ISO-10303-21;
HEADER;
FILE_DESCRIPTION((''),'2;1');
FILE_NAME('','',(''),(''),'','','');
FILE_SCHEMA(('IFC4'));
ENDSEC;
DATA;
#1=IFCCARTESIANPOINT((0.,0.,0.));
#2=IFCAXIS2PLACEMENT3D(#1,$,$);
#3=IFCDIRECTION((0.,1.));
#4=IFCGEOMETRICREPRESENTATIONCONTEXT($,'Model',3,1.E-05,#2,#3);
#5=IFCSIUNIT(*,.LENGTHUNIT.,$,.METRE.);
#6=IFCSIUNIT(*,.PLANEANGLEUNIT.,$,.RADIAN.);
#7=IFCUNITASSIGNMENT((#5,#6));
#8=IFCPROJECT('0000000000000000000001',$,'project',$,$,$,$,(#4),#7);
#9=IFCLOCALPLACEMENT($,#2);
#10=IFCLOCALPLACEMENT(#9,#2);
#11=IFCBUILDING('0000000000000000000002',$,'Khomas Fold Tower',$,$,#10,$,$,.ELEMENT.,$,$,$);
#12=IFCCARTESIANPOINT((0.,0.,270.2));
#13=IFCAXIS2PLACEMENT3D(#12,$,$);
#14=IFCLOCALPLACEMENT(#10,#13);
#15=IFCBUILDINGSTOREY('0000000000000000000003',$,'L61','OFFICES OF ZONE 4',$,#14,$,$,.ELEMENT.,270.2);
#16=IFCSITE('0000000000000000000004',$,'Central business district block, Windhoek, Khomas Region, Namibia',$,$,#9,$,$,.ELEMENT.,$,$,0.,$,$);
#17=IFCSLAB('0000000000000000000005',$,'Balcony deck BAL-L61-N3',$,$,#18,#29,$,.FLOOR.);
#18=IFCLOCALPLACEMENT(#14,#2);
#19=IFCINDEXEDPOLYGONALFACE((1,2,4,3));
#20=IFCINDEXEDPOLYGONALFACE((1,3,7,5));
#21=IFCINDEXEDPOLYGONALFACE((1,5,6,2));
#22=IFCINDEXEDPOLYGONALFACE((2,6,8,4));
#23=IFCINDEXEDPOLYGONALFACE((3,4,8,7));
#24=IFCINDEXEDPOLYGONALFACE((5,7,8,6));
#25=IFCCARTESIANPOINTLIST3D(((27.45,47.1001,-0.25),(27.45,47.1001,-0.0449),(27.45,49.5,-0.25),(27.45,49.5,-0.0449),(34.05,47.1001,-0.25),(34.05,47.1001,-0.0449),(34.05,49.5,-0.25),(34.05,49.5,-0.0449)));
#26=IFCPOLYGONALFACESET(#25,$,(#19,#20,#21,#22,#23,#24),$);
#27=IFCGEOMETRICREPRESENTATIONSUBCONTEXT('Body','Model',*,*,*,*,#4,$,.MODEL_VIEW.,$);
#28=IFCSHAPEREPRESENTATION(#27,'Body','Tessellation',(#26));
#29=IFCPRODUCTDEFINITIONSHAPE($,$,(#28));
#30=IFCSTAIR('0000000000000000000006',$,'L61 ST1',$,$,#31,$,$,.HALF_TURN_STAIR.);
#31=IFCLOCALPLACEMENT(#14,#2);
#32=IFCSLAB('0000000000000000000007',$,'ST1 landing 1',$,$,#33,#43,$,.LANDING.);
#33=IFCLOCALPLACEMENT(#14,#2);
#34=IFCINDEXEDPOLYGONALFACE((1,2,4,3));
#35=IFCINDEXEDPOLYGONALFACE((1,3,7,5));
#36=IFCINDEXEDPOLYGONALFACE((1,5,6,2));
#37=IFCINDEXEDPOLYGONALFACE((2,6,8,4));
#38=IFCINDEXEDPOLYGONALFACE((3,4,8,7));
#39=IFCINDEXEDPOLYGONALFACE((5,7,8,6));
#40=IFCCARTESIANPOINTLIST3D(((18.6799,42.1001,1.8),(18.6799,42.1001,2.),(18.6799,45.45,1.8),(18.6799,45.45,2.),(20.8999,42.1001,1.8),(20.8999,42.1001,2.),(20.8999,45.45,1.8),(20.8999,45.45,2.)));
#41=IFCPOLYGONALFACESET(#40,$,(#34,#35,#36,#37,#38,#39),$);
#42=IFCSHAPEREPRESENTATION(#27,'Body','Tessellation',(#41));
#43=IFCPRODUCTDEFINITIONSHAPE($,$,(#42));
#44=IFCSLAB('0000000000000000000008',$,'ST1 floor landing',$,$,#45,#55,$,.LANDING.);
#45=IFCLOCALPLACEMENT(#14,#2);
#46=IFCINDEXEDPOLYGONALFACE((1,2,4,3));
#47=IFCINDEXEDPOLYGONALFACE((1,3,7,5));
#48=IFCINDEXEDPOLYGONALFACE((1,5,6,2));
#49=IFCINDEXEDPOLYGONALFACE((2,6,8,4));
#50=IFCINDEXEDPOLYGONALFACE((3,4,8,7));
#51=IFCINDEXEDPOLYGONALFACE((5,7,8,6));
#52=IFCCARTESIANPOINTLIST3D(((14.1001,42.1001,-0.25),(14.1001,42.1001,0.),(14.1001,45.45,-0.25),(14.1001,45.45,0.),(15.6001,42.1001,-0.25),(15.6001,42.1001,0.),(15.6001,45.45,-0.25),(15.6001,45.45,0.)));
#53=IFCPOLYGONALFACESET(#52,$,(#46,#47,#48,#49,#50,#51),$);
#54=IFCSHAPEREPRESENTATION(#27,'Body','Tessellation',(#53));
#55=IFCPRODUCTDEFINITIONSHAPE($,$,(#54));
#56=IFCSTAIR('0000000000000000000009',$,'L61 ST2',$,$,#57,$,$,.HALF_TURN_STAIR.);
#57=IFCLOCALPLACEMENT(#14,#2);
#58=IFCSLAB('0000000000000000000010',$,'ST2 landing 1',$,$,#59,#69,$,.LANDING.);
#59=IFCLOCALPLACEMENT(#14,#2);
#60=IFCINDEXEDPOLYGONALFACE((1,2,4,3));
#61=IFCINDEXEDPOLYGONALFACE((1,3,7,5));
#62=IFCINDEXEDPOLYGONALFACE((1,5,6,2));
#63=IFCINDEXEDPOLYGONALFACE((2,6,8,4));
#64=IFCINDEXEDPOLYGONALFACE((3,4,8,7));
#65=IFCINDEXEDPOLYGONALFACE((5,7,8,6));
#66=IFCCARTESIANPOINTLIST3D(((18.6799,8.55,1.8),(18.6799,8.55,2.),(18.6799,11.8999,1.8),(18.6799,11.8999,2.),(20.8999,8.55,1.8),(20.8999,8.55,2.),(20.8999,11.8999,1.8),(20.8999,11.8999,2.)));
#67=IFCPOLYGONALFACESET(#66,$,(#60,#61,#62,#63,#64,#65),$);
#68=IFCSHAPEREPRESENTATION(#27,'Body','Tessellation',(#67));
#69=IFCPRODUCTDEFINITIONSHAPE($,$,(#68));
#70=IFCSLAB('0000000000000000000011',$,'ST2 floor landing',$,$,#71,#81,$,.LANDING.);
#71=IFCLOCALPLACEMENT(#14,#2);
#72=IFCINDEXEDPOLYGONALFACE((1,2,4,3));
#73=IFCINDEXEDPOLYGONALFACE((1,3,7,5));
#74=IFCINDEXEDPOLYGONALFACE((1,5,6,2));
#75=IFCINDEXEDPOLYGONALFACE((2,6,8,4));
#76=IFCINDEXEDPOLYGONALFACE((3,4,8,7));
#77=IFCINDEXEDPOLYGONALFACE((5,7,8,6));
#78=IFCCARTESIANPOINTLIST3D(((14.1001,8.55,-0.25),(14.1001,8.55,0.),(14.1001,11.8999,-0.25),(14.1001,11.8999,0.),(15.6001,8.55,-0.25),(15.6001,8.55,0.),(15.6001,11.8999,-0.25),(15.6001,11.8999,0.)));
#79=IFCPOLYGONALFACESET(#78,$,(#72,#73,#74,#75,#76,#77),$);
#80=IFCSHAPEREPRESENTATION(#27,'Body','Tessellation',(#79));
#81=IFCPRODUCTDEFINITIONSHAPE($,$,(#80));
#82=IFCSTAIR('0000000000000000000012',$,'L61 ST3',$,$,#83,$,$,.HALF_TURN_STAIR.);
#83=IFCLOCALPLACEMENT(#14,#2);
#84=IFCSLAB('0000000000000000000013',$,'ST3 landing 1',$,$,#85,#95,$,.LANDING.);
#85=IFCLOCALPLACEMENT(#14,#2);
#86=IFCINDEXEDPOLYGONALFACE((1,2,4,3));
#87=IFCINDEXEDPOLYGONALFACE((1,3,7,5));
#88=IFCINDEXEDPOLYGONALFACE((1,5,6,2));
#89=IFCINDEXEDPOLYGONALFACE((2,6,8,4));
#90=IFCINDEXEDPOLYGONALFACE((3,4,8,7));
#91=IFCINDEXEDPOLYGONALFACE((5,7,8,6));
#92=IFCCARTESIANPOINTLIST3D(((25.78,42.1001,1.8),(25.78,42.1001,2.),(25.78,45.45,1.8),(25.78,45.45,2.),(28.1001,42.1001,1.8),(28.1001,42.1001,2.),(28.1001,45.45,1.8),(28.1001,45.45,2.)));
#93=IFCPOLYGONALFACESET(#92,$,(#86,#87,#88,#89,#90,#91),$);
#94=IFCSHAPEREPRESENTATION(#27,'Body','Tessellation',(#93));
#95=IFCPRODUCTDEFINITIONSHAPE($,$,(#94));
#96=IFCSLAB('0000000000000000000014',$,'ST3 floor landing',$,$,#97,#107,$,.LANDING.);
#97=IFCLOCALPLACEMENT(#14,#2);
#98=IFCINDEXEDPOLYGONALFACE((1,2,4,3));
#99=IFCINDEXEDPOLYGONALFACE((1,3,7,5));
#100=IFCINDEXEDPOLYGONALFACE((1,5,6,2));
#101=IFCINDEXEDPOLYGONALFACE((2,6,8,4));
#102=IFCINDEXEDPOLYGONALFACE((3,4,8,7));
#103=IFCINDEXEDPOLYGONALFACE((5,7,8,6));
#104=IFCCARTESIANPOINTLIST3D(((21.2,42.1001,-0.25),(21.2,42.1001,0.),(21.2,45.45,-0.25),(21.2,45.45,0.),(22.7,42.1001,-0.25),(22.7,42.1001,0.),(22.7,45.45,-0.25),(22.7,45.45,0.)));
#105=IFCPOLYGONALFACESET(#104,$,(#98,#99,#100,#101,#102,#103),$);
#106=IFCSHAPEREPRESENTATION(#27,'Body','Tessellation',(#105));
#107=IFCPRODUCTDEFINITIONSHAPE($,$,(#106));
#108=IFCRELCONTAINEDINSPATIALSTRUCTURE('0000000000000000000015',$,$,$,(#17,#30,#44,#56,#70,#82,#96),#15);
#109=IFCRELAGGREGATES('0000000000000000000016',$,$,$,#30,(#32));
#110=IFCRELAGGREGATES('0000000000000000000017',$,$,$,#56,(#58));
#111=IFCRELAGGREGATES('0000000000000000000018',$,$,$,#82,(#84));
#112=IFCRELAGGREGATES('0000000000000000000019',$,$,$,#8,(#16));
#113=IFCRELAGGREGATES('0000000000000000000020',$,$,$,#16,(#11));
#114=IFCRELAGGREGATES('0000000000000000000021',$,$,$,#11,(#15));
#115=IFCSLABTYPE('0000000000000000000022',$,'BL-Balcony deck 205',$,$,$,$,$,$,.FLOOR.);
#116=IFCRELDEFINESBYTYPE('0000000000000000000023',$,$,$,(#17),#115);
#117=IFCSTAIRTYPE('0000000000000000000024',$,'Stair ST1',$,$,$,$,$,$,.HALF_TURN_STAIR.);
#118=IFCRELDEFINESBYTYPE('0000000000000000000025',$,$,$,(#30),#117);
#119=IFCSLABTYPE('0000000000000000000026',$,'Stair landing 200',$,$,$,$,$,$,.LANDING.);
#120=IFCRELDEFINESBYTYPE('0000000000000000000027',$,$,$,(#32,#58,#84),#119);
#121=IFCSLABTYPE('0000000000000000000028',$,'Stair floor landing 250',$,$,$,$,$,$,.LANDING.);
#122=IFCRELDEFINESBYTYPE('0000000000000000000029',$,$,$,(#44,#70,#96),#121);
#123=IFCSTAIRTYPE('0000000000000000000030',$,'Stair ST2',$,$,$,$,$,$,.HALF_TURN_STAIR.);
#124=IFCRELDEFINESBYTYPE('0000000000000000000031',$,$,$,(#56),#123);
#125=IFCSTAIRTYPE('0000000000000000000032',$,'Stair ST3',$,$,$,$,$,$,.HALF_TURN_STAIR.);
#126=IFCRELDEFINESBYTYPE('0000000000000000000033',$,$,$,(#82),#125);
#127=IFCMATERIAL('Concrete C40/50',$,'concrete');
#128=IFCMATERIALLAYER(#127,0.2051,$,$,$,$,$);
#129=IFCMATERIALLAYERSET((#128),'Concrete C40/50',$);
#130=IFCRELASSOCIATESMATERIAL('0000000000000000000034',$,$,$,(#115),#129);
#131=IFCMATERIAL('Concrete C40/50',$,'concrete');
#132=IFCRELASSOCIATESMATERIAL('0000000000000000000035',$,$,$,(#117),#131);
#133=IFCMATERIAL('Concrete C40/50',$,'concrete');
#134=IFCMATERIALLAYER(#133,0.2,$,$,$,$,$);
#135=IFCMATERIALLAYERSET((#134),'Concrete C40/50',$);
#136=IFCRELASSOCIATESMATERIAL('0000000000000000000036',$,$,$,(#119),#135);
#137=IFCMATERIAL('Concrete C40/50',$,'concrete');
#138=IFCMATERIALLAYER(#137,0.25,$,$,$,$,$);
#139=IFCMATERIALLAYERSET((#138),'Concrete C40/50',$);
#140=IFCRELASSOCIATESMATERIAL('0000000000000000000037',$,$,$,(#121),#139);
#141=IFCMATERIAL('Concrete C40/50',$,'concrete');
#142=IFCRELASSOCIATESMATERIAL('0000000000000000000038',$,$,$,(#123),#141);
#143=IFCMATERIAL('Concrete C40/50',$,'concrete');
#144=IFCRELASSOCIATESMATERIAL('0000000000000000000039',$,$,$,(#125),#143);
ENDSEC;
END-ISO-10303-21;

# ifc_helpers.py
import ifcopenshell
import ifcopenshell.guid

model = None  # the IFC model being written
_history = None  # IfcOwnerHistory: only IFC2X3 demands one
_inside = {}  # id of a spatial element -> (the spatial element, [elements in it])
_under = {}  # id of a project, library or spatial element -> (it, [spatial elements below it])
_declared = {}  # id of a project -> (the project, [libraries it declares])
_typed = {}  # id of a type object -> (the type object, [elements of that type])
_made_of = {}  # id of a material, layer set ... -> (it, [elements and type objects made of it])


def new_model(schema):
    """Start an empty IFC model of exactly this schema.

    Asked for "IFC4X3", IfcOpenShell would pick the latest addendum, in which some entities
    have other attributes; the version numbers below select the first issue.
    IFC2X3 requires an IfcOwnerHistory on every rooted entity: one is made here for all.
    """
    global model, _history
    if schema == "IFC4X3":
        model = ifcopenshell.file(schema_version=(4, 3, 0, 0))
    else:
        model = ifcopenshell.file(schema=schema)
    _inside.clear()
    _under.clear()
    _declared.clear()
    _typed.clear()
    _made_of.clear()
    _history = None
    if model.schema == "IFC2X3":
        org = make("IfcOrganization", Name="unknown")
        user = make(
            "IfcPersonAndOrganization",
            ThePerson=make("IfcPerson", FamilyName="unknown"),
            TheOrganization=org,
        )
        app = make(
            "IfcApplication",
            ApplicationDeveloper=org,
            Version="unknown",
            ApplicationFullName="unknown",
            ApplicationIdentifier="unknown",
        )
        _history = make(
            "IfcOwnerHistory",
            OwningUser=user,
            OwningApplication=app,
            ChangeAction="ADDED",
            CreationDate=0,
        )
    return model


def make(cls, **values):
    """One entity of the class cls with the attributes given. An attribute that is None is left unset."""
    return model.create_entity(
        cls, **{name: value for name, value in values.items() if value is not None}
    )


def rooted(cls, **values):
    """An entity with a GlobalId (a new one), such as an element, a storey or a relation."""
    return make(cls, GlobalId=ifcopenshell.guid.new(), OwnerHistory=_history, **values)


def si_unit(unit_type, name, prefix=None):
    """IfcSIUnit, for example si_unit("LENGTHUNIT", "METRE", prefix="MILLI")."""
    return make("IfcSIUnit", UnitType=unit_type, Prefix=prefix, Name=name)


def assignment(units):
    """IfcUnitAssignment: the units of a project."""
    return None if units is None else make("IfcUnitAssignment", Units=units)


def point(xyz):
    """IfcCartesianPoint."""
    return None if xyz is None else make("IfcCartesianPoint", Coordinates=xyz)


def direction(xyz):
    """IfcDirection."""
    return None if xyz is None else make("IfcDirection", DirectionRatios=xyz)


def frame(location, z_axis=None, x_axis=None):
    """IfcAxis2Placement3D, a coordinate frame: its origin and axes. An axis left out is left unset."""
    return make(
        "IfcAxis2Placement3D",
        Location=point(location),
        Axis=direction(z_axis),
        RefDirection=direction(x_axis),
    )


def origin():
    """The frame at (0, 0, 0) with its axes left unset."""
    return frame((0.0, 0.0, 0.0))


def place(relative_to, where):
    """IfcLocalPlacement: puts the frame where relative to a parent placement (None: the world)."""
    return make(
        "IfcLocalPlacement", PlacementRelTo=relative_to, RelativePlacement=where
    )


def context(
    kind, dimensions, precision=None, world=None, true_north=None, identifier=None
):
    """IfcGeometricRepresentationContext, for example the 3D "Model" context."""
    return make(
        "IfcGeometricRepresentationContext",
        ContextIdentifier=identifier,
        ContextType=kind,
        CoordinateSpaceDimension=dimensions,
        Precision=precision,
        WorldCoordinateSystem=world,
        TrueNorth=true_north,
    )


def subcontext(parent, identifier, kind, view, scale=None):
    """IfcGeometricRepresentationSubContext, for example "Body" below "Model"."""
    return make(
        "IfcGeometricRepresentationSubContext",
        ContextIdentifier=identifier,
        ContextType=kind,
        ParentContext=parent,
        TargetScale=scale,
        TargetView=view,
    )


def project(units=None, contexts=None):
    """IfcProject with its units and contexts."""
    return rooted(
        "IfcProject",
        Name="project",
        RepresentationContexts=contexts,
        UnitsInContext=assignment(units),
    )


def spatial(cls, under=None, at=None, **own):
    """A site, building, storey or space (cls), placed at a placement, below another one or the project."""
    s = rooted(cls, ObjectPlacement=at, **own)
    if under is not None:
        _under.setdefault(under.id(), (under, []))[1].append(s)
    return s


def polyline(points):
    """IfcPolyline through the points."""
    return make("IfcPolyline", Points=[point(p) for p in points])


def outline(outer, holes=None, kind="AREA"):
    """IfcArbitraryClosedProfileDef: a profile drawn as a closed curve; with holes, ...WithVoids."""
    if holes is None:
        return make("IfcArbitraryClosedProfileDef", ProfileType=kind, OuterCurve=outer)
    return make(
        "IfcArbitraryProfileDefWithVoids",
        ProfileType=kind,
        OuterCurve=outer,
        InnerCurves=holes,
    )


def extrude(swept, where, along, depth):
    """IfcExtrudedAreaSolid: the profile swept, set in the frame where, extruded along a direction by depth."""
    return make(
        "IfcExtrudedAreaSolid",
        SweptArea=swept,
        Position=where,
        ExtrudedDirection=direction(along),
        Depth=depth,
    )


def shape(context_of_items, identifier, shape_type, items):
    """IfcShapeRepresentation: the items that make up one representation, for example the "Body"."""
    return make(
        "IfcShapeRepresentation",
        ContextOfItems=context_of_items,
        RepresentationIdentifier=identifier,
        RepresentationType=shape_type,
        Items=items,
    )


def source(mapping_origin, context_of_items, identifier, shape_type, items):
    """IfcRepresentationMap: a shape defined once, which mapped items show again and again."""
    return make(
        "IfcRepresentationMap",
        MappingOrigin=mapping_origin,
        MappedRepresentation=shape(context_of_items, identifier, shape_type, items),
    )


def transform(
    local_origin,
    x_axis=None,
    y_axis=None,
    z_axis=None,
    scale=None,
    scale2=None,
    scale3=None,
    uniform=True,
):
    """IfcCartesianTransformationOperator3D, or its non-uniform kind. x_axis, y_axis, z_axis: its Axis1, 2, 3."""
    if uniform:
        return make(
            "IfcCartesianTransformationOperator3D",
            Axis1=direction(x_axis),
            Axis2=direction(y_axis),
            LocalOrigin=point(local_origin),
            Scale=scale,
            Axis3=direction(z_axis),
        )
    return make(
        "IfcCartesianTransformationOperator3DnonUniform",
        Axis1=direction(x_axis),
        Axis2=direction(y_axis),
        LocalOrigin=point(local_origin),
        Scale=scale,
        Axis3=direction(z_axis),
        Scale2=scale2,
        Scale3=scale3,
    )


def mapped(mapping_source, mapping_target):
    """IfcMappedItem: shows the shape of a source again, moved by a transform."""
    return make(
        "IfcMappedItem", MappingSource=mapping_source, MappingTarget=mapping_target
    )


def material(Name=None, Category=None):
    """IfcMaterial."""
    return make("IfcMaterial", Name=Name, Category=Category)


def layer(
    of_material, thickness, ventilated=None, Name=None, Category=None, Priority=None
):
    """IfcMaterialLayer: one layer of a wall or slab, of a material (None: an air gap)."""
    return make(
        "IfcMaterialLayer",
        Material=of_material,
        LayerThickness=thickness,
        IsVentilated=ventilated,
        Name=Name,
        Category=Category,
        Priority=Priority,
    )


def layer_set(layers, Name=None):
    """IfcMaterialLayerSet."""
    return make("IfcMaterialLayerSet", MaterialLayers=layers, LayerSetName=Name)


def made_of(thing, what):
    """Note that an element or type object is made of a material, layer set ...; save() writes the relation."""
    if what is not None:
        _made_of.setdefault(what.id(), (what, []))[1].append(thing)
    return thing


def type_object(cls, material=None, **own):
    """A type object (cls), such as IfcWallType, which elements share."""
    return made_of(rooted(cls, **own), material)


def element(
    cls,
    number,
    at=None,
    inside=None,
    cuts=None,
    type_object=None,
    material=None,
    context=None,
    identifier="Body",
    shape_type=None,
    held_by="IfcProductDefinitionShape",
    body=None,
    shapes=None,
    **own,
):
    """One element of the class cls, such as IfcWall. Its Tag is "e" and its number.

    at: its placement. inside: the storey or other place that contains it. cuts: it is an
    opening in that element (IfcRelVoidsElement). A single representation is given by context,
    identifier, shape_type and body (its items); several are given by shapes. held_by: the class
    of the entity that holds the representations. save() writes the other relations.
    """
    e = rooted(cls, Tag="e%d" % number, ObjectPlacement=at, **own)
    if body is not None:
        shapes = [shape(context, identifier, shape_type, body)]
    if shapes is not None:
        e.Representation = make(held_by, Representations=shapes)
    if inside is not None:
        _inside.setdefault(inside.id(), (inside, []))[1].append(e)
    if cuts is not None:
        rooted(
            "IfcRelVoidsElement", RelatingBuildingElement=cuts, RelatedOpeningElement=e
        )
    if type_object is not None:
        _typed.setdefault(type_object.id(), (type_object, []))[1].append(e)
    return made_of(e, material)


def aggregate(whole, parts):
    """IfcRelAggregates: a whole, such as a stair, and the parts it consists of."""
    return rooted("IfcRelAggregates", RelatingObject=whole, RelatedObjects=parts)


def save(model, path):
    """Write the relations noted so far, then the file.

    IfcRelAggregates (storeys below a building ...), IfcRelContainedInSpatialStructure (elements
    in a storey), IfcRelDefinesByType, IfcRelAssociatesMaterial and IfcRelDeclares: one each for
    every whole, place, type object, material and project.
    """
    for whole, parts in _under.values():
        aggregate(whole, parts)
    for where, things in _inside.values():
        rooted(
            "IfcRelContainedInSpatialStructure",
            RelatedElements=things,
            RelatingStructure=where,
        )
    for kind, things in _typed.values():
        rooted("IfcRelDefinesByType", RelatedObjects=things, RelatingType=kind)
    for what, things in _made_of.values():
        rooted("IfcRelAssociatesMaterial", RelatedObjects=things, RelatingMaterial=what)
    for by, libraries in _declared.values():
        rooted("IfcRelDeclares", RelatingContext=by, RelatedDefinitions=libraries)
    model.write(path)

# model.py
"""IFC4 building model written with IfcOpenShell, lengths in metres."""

from ifc_helpers import new_model, si_unit, direction, frame, origin, place, context, subcontext, project, spatial, polyline, outline, extrude, source, transform, mapped, material, layer, layer_set, type_object, element, aggregate, save


model = new_model("IFC4")

# Units and contexts
model_context = context("Model", 3, precision=1e-05, world=origin(), true_north=direction((0.0, 1.0)))
body_context = subcontext(model_context, "Body", "Model", "MODEL_VIEW")
ifc_project = project(units=[si_unit("LENGTHUNIT", "METRE"), si_unit("PLANEANGLEUNIT", "RADIAN")], contexts=[model_context])

# Site, building, storey
site_placement = place(None, origin())
site = spatial("IfcSite", under=ifc_project, at=site_placement, Name="Central business district block, Windhoek, Khomas Region, Namibia", CompositionType="ELEMENT", RefElevation=0.0)
building_placement = place(site_placement, origin())
building = spatial("IfcBuilding", under=site, at=building_placement, Name="Khomas Fold Tower", CompositionType="ELEMENT")
storey_placement = place(building_placement, frame((0.0, 0.0, 270.2)))
storey = spatial("IfcBuildingStorey", under=building, at=storey_placement, Name="L61", Description="OFFICES OF ZONE 4", CompositionType="ELEMENT", Elevation=270.2)

# Slab
ifc_material_1 = material(Name="Concrete C40/50", Category="concrete")
ifc_layer_1 = layer(ifc_material_1, 0.2051)
ifc_layer_set_1 = layer_set([ifc_layer_1], Name="Concrete C40/50")
slab_type_1 = type_object("IfcSlabType", Name="BL-Balcony deck 205", PredefinedType="FLOOR", material=ifc_layer_set_1)
shared_shape_1 = source(origin(), body_context, "Body", "SweptSolid", [
    extrude(outline(polyline([(27.45, 47.1001), (34.05, 47.1001), (34.05, 49.5), (27.45, 49.5), (27.45, 47.1001)])), origin(), (0.0, 0.0, 1.0), 0.2051),
])
slab_1_placement = place(storey_placement, frame((0.0, 0.0, -0.25)))
element("IfcSlab", 1, at=slab_1_placement, inside=storey, type_object=slab_type_1, Name="Balcony deck BAL-L61-N3", PredefinedType="FLOOR", context=body_context, shape_type="MappedRepresentation", body=[
    mapped(shared_shape_1, transform((0.0, 0.0, 0.0))),
])

# Stair, slab
ifc_material_2 = material(Name="Concrete C40/50", Category="concrete")
stair_type_1 = type_object("IfcStairType", Name="Stair ST1", PredefinedType="HALF_TURN_STAIR", material=ifc_material_2)
stair_1_placement = place(storey_placement, origin())
stair_1 = element("IfcStair", 2, at=stair_1_placement, inside=storey, type_object=stair_type_1, Name="L61 ST1", PredefinedType="HALF_TURN_STAIR")
ifc_material_3 = material(Name="Concrete C40/50", Category="concrete")
ifc_layer_2 = layer(ifc_material_3, 0.2)
ifc_layer_set_2 = layer_set([ifc_layer_2], Name="Concrete C40/50")
slab_type_2 = type_object("IfcSlabType", Name="Stair landing 200", PredefinedType="LANDING", material=ifc_layer_set_2)
shared_shape_2 = source(origin(), body_context, "Body", "SweptSolid", [
    extrude(outline(polyline([(18.6799, 42.1001), (20.8999, 42.1001), (20.8999, 45.45), (18.6799, 45.45), (18.6799, 42.1001)])), origin(), (0.0, 0.0, 1.0), 0.2),
])
slab_2_placement = place(storey_placement, frame((0.0, 0.0, 1.8)))
slab_2 = element("IfcSlab", 3, at=slab_2_placement, type_object=slab_type_2, Name="ST1 landing 1", PredefinedType="LANDING", context=body_context, shape_type="MappedRepresentation", body=[
    mapped(shared_shape_2, transform((0.0, 0.0, 0.0))),
])
aggregate(stair_1, [slab_2])

# Slab
ifc_material_4 = material(Name="Concrete C40/50", Category="concrete")
ifc_layer_3 = layer(ifc_material_4, 0.25)
ifc_layer_set_3 = layer_set([ifc_layer_3], Name="Concrete C40/50")
slab_type_3 = type_object("IfcSlabType", Name="Stair floor landing 250", PredefinedType="LANDING", material=ifc_layer_set_3)
shared_shape_3 = source(origin(), body_context, "Body", "SweptSolid", [
    extrude(outline(polyline([(15.6001, 42.1001), (14.1001, 42.1001), (14.1001, 45.45), (15.6001, 45.45), (15.6001, 42.1001)])), origin(), (0.0, 0.0, 1.0), 0.25),
])
slab_3_placement = place(storey_placement, frame((0.0, 0.0, -0.25)))
element("IfcSlab", 4, at=slab_3_placement, inside=storey, type_object=slab_type_3, Name="ST1 floor landing", PredefinedType="LANDING", context=body_context, shape_type="MappedRepresentation", body=[
    mapped(shared_shape_3, transform((0.0, 0.0, 0.0))),
])

# Stair, slab
ifc_material_5 = material(Name="Concrete C40/50", Category="concrete")
stair_type_2 = type_object("IfcStairType", Name="Stair ST2", PredefinedType="HALF_TURN_STAIR", material=ifc_material_5)
stair_2_placement = place(storey_placement, origin())
stair_2 = element("IfcStair", 5, at=stair_2_placement, inside=storey, type_object=stair_type_2, Name="L61 ST2", PredefinedType="HALF_TURN_STAIR")
shared_shape_4 = source(origin(), body_context, "Body", "SweptSolid", [
    extrude(outline(polyline([(18.6799, 8.55), (20.8999, 8.55), (20.8999, 11.8999), (18.6799, 11.8999), (18.6799, 8.55)])), origin(), (0.0, 0.0, 1.0), 0.2),
])
slab_4_placement = place(storey_placement, frame((0.0, 0.0, 1.8)))
slab_4 = element("IfcSlab", 6, at=slab_4_placement, type_object=slab_type_2, Name="ST2 landing 1", PredefinedType="LANDING", context=body_context, shape_type="MappedRepresentation", body=[
    mapped(shared_shape_4, transform((0.0, 0.0, 0.0))),
])
aggregate(stair_2, [slab_4])

# Slab
shared_shape_5 = source(origin(), body_context, "Body", "SweptSolid", [
    extrude(outline(polyline([(15.6001, 8.55), (14.1001, 8.55), (14.1001, 11.8999), (15.6001, 11.8999), (15.6001, 8.55)])), origin(), (0.0, 0.0, 1.0), 0.25),
])
slab_5_placement = place(storey_placement, frame((0.0, 0.0, -0.25)))
element("IfcSlab", 7, at=slab_5_placement, inside=storey, type_object=slab_type_3, Name="ST2 floor landing", PredefinedType="LANDING", context=body_context, shape_type="MappedRepresentation", body=[
    mapped(shared_shape_5, transform((0.0, 0.0, 0.0))),
])

# Stair, slab
ifc_material_6 = material(Name="Concrete C40/50", Category="concrete")
stair_type_3 = type_object("IfcStairType", Name="Stair ST3", PredefinedType="HALF_TURN_STAIR", material=ifc_material_6)
stair_3_placement = place(storey_placement, origin())
stair_3 = element("IfcStair", 8, at=stair_3_placement, inside=storey, type_object=stair_type_3, Name="L61 ST3", PredefinedType="HALF_TURN_STAIR")
shared_shape_6 = source(origin(), body_context, "Body", "SweptSolid", [
    extrude(outline(polyline([(25.78, 42.1001), (28.1001, 42.1001), (28.1001, 45.45), (25.78, 45.45), (25.78, 42.1001)])), origin(), (0.0, 0.0, 1.0), 0.2),
])
slab_6_placement = place(storey_placement, frame((0.0, 0.0, 1.8)))
slab_6 = element("IfcSlab", 9, at=slab_6_placement, type_object=slab_type_2, Name="ST3 landing 1", PredefinedType="LANDING", context=body_context, shape_type="MappedRepresentation", body=[
    mapped(shared_shape_6, transform((0.0, 0.0, 0.0))),
])
aggregate(stair_3, [slab_6])

# Slab
shared_shape_7 = source(origin(), body_context, "Body", "SweptSolid", [
    extrude(outline(polyline([(22.7, 42.1001), (21.2, 42.1001), (21.2, 45.45), (22.7, 45.45), (22.7, 42.1001)])), origin(), (0.0, 0.0, 1.0), 0.25),
])
slab_7_placement = place(storey_placement, frame((0.0, 0.0, -0.25)))
element("IfcSlab", 10, at=slab_7_placement, inside=storey, type_object=slab_type_3, Name="ST3 floor landing", PredefinedType="LANDING", context=body_context, shape_type="MappedRepresentation", body=[
    mapped(shared_shape_7, transform((0.0, 0.0, 0.0))),
])

save(model, "model.ifc")
